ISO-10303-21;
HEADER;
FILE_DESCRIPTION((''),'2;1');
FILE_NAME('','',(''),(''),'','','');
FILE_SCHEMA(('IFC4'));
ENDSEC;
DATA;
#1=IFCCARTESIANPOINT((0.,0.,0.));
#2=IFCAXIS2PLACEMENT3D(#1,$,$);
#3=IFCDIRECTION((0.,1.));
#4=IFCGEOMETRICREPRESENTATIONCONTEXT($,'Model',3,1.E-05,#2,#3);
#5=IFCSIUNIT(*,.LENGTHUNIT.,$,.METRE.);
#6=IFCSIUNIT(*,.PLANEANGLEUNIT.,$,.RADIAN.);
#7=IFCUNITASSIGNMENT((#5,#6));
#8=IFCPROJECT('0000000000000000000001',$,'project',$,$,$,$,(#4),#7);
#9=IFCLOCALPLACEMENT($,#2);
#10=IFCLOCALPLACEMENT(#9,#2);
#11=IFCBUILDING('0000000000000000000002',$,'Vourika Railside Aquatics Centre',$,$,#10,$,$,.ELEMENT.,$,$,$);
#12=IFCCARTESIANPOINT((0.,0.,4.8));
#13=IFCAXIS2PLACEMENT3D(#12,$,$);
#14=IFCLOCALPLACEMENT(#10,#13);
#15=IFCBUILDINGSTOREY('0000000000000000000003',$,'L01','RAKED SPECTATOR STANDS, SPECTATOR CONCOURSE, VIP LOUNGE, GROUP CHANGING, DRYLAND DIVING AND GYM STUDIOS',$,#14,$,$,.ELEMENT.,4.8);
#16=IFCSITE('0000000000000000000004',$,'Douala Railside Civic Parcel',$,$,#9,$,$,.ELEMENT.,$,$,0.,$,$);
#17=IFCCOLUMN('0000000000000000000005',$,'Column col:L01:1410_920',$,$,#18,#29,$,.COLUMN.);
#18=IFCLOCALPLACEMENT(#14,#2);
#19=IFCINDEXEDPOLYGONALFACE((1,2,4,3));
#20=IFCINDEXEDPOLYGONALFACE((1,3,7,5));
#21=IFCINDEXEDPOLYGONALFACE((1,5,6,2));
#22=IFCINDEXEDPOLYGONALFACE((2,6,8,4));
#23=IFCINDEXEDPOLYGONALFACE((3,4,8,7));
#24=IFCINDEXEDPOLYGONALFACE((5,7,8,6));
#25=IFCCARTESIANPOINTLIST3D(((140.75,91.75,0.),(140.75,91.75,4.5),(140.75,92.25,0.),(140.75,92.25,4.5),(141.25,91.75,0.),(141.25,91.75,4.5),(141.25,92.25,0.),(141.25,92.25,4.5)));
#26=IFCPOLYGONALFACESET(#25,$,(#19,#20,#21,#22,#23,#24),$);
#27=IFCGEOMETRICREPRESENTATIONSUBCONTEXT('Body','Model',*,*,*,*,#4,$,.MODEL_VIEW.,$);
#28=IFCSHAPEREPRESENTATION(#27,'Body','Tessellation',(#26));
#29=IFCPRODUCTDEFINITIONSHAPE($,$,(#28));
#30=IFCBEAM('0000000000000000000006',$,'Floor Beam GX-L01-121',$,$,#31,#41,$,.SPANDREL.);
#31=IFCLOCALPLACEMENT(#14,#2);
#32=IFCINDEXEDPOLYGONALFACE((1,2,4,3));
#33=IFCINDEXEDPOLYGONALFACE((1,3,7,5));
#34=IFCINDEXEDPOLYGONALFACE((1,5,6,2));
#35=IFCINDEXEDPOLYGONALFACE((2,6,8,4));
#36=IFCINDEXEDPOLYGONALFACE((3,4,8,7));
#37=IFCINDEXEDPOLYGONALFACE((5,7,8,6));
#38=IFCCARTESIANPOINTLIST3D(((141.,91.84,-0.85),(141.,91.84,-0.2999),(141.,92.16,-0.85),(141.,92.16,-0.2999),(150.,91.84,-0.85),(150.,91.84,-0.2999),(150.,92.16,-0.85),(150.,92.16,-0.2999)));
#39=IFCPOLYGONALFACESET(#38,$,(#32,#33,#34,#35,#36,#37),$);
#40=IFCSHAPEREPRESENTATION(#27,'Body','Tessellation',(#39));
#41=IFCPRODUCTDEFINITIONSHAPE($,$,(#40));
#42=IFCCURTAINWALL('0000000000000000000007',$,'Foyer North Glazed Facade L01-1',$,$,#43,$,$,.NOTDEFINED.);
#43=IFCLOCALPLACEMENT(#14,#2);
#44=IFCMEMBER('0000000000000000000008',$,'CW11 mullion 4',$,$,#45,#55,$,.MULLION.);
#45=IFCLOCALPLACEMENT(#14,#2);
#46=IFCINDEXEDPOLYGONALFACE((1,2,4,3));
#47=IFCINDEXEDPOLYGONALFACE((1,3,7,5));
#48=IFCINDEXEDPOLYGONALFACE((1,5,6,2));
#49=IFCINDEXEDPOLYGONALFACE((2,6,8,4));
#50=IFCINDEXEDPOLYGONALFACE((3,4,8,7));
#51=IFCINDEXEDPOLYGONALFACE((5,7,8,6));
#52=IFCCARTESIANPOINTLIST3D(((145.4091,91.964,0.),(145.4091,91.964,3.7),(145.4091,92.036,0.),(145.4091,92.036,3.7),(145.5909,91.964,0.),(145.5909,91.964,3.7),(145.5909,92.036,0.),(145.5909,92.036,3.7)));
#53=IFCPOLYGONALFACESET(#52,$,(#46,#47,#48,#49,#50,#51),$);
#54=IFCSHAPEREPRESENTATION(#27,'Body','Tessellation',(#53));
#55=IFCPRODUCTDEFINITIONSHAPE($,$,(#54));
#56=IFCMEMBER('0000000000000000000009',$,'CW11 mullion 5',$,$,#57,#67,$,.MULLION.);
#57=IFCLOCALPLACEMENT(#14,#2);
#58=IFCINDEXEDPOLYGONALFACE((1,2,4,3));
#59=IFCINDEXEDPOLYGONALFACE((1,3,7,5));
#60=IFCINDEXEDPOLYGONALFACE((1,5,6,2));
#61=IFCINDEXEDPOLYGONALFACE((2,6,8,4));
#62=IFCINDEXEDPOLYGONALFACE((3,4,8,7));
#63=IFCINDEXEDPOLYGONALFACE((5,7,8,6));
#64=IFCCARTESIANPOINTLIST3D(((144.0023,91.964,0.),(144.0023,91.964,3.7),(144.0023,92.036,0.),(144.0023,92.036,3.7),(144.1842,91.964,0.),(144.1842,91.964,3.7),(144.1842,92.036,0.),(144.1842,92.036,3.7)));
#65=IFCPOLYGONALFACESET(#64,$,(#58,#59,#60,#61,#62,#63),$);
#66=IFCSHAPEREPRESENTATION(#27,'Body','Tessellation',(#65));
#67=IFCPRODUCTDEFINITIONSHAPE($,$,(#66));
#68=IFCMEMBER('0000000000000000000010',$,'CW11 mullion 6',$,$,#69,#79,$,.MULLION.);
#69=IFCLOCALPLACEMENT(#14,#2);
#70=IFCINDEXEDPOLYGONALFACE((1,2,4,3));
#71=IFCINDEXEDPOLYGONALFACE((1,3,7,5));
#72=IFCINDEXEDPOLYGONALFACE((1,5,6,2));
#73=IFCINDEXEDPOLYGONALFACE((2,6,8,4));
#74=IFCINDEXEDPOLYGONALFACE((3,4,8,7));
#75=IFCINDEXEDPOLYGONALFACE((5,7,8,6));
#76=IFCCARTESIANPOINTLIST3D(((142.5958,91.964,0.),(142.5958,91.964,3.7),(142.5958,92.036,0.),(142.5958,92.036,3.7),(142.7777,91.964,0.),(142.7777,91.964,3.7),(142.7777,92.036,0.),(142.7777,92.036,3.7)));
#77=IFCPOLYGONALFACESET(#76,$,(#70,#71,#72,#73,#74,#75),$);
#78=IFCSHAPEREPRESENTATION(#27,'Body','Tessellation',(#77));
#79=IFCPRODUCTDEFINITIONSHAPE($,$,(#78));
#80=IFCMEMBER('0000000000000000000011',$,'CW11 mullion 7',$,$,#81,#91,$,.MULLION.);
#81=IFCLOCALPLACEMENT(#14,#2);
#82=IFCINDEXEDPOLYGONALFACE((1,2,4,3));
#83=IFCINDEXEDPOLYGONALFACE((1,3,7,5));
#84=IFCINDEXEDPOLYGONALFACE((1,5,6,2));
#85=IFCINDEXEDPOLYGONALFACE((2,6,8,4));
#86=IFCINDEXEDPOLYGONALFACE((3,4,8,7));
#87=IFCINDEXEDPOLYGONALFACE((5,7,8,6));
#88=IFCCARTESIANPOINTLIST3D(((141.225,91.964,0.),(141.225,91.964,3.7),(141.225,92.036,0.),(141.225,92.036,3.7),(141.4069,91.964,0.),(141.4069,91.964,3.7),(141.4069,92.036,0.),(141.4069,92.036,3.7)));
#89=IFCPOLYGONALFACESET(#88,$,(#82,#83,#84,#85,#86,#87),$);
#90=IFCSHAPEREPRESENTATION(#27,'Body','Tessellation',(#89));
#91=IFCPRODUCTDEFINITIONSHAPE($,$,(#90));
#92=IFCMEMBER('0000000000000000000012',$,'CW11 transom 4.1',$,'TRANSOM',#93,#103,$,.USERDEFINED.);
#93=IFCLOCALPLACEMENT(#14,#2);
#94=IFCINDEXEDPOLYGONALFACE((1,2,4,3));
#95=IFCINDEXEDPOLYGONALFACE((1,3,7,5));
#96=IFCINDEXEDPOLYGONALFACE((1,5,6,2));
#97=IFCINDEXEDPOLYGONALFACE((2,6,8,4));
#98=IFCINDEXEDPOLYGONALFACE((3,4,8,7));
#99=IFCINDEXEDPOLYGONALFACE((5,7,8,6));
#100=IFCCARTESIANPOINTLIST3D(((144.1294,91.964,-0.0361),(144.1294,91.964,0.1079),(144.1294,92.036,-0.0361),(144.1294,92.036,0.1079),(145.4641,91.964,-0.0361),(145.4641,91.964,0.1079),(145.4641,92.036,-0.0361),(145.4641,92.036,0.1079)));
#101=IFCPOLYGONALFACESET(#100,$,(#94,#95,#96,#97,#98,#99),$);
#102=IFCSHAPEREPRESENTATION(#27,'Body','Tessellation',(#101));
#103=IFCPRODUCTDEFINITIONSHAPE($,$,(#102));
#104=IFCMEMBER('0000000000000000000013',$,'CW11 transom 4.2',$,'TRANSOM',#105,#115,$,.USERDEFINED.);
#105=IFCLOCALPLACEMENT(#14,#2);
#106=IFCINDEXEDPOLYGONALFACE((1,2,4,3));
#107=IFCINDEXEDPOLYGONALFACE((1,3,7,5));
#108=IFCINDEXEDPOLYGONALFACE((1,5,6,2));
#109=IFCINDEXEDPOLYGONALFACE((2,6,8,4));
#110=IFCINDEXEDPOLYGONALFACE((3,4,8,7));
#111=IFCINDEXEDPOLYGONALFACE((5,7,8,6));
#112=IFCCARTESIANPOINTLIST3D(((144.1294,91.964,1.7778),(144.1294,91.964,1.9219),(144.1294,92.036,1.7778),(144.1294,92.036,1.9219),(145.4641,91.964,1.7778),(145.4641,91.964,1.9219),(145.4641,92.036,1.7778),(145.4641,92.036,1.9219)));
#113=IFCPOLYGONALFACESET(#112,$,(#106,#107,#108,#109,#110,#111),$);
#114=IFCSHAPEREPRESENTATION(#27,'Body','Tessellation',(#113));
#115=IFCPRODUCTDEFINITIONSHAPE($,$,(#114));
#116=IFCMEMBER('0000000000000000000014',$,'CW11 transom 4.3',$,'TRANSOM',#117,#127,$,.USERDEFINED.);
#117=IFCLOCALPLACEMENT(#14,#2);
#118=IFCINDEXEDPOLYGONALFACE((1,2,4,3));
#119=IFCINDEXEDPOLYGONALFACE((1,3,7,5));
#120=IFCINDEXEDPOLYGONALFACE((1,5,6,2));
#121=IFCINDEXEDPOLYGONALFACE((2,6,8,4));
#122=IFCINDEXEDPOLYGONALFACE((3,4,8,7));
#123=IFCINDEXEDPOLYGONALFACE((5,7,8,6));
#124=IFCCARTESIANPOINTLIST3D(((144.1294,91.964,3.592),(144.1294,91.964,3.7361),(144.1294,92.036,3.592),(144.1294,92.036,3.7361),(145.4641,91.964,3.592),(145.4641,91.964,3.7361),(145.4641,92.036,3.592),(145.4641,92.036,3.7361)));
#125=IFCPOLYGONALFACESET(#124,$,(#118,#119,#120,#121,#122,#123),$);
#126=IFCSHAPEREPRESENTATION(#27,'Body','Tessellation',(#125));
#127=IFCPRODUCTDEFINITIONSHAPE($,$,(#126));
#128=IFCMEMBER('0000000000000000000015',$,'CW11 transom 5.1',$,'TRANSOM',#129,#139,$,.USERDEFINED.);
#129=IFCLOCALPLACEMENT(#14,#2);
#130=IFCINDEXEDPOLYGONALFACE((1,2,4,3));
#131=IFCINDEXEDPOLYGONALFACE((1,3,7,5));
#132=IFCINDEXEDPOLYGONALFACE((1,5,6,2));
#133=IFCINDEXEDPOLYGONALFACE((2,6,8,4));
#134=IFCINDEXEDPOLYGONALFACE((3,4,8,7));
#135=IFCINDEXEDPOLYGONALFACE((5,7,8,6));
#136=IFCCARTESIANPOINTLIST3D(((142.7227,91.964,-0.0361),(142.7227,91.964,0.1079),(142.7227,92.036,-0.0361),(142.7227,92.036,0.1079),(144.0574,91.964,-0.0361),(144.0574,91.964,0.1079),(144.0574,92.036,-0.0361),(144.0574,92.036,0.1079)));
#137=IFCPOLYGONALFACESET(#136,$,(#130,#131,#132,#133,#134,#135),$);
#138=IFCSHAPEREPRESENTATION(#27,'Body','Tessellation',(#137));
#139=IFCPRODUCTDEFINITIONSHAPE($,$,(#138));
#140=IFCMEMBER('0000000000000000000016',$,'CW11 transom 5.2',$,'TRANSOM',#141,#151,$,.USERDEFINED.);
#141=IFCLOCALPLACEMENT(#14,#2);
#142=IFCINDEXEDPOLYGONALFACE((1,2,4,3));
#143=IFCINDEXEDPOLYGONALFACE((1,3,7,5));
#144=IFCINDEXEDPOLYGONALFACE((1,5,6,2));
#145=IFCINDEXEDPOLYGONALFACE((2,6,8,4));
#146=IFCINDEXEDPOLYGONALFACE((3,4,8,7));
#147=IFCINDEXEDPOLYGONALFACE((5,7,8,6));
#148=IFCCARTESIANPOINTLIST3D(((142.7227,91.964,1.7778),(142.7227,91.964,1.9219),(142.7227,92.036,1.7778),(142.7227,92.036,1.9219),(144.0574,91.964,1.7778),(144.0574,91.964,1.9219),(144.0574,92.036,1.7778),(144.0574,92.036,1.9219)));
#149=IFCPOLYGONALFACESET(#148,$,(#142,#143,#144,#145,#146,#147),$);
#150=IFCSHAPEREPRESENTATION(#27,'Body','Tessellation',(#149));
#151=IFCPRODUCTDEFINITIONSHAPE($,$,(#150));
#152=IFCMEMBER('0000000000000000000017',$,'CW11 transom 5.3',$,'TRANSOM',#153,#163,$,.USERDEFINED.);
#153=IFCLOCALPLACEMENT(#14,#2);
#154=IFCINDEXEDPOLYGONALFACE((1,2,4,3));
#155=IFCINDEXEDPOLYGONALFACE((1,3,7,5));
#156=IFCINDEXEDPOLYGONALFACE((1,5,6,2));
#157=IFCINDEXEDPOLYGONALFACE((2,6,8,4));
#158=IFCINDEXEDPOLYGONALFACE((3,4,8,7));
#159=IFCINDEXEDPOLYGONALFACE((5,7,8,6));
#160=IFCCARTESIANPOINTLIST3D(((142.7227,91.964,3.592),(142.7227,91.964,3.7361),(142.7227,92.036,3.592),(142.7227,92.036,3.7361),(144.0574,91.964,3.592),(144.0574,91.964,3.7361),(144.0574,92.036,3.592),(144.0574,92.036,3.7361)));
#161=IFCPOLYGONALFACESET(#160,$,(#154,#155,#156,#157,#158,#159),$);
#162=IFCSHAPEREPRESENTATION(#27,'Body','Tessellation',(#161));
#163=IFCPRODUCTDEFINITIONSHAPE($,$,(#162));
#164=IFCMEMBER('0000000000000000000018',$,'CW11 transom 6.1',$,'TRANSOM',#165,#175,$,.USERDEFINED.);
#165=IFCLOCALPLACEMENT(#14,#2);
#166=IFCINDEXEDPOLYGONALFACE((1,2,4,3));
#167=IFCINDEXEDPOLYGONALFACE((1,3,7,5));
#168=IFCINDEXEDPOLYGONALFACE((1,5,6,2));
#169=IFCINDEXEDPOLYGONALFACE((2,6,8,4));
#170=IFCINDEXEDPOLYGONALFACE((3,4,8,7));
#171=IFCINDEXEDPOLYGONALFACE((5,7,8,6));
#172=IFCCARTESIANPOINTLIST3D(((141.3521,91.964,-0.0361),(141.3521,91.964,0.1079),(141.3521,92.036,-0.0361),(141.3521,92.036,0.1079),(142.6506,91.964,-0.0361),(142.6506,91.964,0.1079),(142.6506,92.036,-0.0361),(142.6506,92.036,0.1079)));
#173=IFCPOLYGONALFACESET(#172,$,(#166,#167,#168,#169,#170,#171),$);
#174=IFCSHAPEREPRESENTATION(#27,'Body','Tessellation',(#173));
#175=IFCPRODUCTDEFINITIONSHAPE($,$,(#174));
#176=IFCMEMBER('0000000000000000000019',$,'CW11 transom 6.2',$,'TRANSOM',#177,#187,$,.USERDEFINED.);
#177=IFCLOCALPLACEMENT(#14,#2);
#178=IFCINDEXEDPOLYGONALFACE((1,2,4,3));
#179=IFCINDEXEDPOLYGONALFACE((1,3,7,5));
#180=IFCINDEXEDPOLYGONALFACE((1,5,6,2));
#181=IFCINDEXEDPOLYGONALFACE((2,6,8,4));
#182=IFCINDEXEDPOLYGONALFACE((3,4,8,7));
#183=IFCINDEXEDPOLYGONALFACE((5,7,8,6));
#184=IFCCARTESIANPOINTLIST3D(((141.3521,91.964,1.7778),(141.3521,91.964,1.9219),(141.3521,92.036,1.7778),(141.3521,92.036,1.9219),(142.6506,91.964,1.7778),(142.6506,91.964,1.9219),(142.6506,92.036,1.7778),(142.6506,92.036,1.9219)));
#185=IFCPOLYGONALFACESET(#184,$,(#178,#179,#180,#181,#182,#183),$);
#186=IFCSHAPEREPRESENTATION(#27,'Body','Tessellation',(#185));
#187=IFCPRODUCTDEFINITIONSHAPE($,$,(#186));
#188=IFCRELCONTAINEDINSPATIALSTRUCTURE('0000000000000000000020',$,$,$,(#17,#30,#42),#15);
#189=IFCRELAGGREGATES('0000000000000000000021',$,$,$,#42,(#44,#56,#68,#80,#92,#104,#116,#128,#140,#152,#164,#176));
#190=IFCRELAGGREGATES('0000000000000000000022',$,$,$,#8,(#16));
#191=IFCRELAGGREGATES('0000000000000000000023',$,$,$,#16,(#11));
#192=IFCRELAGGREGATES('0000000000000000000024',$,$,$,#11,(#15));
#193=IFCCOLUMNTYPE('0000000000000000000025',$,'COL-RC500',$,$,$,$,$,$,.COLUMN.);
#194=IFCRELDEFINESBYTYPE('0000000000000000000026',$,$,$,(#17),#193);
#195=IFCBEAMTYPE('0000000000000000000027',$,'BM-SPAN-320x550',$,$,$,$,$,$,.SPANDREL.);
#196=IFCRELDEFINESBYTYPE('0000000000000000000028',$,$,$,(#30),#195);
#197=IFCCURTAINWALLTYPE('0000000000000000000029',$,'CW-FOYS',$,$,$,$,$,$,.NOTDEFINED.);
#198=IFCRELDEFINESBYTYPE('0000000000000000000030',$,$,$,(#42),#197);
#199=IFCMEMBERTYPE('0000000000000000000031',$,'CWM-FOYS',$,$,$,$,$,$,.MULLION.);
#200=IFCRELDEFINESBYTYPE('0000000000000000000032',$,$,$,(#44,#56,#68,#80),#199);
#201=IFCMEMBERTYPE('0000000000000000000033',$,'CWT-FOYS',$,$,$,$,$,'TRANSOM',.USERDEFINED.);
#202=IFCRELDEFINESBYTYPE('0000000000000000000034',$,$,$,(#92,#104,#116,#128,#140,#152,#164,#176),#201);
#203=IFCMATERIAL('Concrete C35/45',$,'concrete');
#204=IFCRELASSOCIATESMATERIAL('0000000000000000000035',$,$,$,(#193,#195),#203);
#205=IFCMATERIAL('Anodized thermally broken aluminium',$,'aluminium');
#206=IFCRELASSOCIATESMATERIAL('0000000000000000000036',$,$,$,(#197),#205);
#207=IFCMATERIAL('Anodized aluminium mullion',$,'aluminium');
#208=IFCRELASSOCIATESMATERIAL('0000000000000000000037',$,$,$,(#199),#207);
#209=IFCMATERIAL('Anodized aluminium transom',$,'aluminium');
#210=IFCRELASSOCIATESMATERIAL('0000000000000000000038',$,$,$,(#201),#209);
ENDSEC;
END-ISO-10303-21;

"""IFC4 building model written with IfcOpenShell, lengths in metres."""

from ifc_helpers import new_model, si_unit, direction, frame, origin, origin_2d, place, context, subcontext, project, spatial, rectangle, extrude, material, material_profile, profile_set, type_object, element, aggregate, save


model = new_model("IFC4")

# Units and contexts
model_context = context("Model", 3, precision=1e-05, world=origin(), true_north=direction((0.0, 1.0)))
body_context = subcontext(model_context, "Body", "Model", "MODEL_VIEW")
ifc_project = project(units=[si_unit("LENGTHUNIT", "METRE"), si_unit("PLANEANGLEUNIT", "RADIAN")], contexts=[model_context])

# Site, building, storey
site_placement = place(None, origin())
site = spatial("IfcSite", under=ifc_project, at=site_placement, Name="Douala Railside Civic Parcel", CompositionType="ELEMENT", RefElevation=0.0)
building_placement = place(site_placement, origin())
building = spatial("IfcBuilding", under=site, at=building_placement, Name="Vourika Railside Aquatics Centre", CompositionType="ELEMENT")
storey_placement = place(building_placement, frame((0.0, 0.0, 4.8)))
storey = spatial("IfcBuildingStorey", under=building, at=storey_placement, Name="L01", Description="RAKED SPECTATOR STANDS, SPECTATOR CONCOURSE, VIP LOUNGE, GROUP CHANGING, DRYLAND DIVING AND GYM STUDIOS", CompositionType="ELEMENT", Elevation=4.8)

# Column
ifc_material_1 = material(Name="Concrete C35/45", Category="concrete")
ifc_material_profile_1 = material_profile(ifc_material_1, rectangle(XDim=0.5, YDim=0.5, at=origin_2d()), Name="RC 500x500")
ifc_profile_set_1 = profile_set([ifc_material_profile_1], Name="Concrete C35/45")
column_type = type_object("IfcColumnType", Name="COL-RC500", PredefinedType="COLUMN", material=ifc_profile_set_1)
column_placement = place(storey_placement, frame((141.0, 92.0, 0.0), z_axis=(0.0, 0.0, 1.0), x_axis=(1.0, 0.0, 0.0)))
element("IfcColumn", 1, at=column_placement, inside=storey, type_object=column_type, Name="Column col:L01:1410_920", PredefinedType="COLUMN", context=body_context, shape_type="SweptSolid", body=[
    extrude(rectangle(XDim=0.5, YDim=0.5, at=origin_2d()), origin(), (0.0, 0.0, 1.0), 4.5),
])

# Beam
ifc_material_profile_2 = material_profile(ifc_material_1, rectangle(XDim=0.3201, YDim=0.55, at=origin_2d()), Name="RC 320x550")
ifc_profile_set_2 = profile_set([ifc_material_profile_2], Name="Concrete C35/45")
beam_type = type_object("IfcBeamType", Name="BM-SPAN-320x550", PredefinedType="SPANDREL", material=ifc_profile_set_2)
beam_placement = place(storey_placement, frame((141.0, 92.0, -0.575), z_axis=(1.0, 0.0, 0.0), x_axis=(0.0, 1.0, 0.0)))
element("IfcBeam", 2, at=beam_placement, inside=storey, type_object=beam_type, Name="Floor Beam GX-L01-121", PredefinedType="SPANDREL", context=body_context, shape_type="SweptSolid", body=[
    extrude(rectangle(XDim=0.3201, YDim=0.55, at=origin_2d()), origin(), (0.0, 0.0, 1.0), 9.0),
])

# Curtain wall, members
ifc_material_2 = material(Name="Anodized thermally broken aluminium", Category="aluminium")
curtain_wall_type = type_object("IfcCurtainWallType", Name="CW-FOYS", PredefinedType="NOTDEFINED", material=ifc_material_2)
curtain_wall_placement = place(storey_placement, origin())
curtain_wall = element("IfcCurtainWall", 3, at=curtain_wall_placement, inside=storey, type_object=curtain_wall_type, Name="Foyer North Glazed Facade L01-1", PredefinedType="NOTDEFINED")
ifc_material_3 = material(Name="Anodized aluminium mullion", Category="aluminium")
ifc_material_profile_3 = material_profile(ifc_material_3, rectangle(XDim=0.072, YDim=0.1819, at=origin_2d()), Name="ALU-M 72x182")
ifc_profile_set_3 = profile_set([ifc_material_profile_3], Name="Anodized aluminium mullion")
member_type_1 = type_object("IfcMemberType", Name="CWM-FOYS", PredefinedType="MULLION", material=ifc_profile_set_3)
member_1_placement = place(storey_placement, frame((145.5, 92.0, 0.0), z_axis=(0.0, 0.0, 1.0), x_axis=(0.0, -1.0, 0.0)))
member_1 = element("IfcMember", 4, at=member_1_placement, type_object=member_type_1, Name="CW11 mullion 4", PredefinedType="MULLION", context=body_context, shape_type="SweptSolid", body=[
    extrude(rectangle(XDim=0.072, YDim=0.1819, at=origin_2d()), origin(), (0.0, 0.0, 1.0), 3.7),
])
member_2_placement = place(storey_placement, frame((144.0933, 92.0, 0.0), z_axis=(0.0, 0.0, 1.0), x_axis=(0.0, -1.0, 0.0)))
member_2 = element("IfcMember", 5, at=member_2_placement, type_object=member_type_1, Name="CW11 mullion 5", PredefinedType="MULLION", context=body_context, shape_type="SweptSolid", body=[
    extrude(rectangle(XDim=0.072, YDim=0.1819, at=origin_2d()), origin(), (0.0, 0.0, 1.0), 3.7),
])
member_3_placement = place(storey_placement, frame((142.6868, 92.0, 0.0), z_axis=(0.0, 0.0, 1.0), x_axis=(0.0, -1.0, 0.0)))
member_3 = element("IfcMember", 6, at=member_3_placement, type_object=member_type_1, Name="CW11 mullion 6", PredefinedType="MULLION", context=body_context, shape_type="SweptSolid", body=[
    extrude(rectangle(XDim=0.072, YDim=0.1819, at=origin_2d()), origin(), (0.0, 0.0, 1.0), 3.7),
])
member_4_placement = place(storey_placement, frame((141.3159, 92.0, 0.0), z_axis=(0.0, 0.0, 1.0), x_axis=(0.0, -1.0, 0.0)))
member_4 = element("IfcMember", 7, at=member_4_placement, type_object=member_type_1, Name="CW11 mullion 7", PredefinedType="MULLION", context=body_context, shape_type="SweptSolid", body=[
    extrude(rectangle(XDim=0.072, YDim=0.1819, at=origin_2d()), origin(), (0.0, 0.0, 1.0), 3.7),
])
ifc_material_4 = material(Name="Anodized aluminium transom", Category="aluminium")
ifc_material_profile_4 = material_profile(ifc_material_4, rectangle(XDim=0.072, YDim=0.144, at=origin_2d()), Name="ALU-T 72x144")
ifc_profile_set_4 = profile_set([ifc_material_profile_4], Name="Anodized aluminium transom")
member_type_2 = type_object("IfcMemberType", Name="CWT-FOYS", ElementType="TRANSOM", PredefinedType="USERDEFINED", material=ifc_profile_set_4)
member_5_placement = place(storey_placement, frame((145.4641, 92.0, 0.0359), z_axis=(-1.0, 0.0, 0.0), x_axis=(0.0, -1.0, 0.0)))
member_5 = element("IfcMember", 8, at=member_5_placement, type_object=member_type_2, Name="CW11 transom 4.1", ObjectType="TRANSOM", PredefinedType="USERDEFINED", context=body_context, shape_type="SweptSolid", body=[
    extrude(rectangle(XDim=0.072, YDim=0.144, at=origin_2d()), origin(), (0.0, 0.0, 1.0), 1.3347),
])
member_6_placement = place(storey_placement, frame((145.4641, 92.0, 1.8499), z_axis=(-1.0, 0.0, 0.0), x_axis=(0.0, -1.0, 0.0)))
member_6 = element("IfcMember", 9, at=member_6_placement, type_object=member_type_2, Name="CW11 transom 4.2", ObjectType="TRANSOM", PredefinedType="USERDEFINED", context=body_context, shape_type="SweptSolid", body=[
    extrude(rectangle(XDim=0.072, YDim=0.144, at=origin_2d()), origin(), (0.0, 0.0, 1.0), 1.3347),
])
member_7_placement = place(storey_placement, frame((145.4641, 92.0, 3.6641), z_axis=(-1.0, 0.0, 0.0), x_axis=(0.0, -1.0, 0.0)))
member_7 = element("IfcMember", 10, at=member_7_placement, type_object=member_type_2, Name="CW11 transom 4.3", ObjectType="TRANSOM", PredefinedType="USERDEFINED", context=body_context, shape_type="SweptSolid", body=[
    extrude(rectangle(XDim=0.072, YDim=0.144, at=origin_2d()), origin(), (0.0, 0.0, 1.0), 1.3347),
])
member_8_placement = place(storey_placement, frame((144.0574, 92.0, 0.0359), z_axis=(-1.0, 0.0, 0.0), x_axis=(0.0, -1.0, 0.0)))
member_8 = element("IfcMember", 11, at=member_8_placement, type_object=member_type_2, Name="CW11 transom 5.1", ObjectType="TRANSOM", PredefinedType="USERDEFINED", context=body_context, shape_type="SweptSolid", body=[
    extrude(rectangle(XDim=0.072, YDim=0.144, at=origin_2d()), origin(), (0.0, 0.0, 1.0), 1.3347),
])
member_9_placement = place(storey_placement, frame((144.0574, 92.0, 1.8499), z_axis=(-1.0, 0.0, 0.0), x_axis=(0.0, -1.0, 0.0)))
member_9 = element("IfcMember", 12, at=member_9_placement, type_object=member_type_2, Name="CW11 transom 5.2", ObjectType="TRANSOM", PredefinedType="USERDEFINED", context=body_context, shape_type="SweptSolid", body=[
    extrude(rectangle(XDim=0.072, YDim=0.144, at=origin_2d()), origin(), (0.0, 0.0, 1.0), 1.3347),
])
member_10_placement = place(storey_placement, frame((144.0574, 92.0, 3.6641), z_axis=(-1.0, 0.0, 0.0), x_axis=(0.0, -1.0, 0.0)))
member_10 = element("IfcMember", 13, at=member_10_placement, type_object=member_type_2, Name="CW11 transom 5.3", ObjectType="TRANSOM", PredefinedType="USERDEFINED", context=body_context, shape_type="SweptSolid", body=[
    extrude(rectangle(XDim=0.072, YDim=0.144, at=origin_2d()), origin(), (0.0, 0.0, 1.0), 1.3347),
])
member_11_placement = place(storey_placement, frame((142.6506, 92.0, 0.0359), z_axis=(-1.0, 0.0, 0.0), x_axis=(0.0, -1.0, 0.0)))
member_11 = element("IfcMember", 14, at=member_11_placement, type_object=member_type_2, Name="CW11 transom 6.1", ObjectType="TRANSOM", PredefinedType="USERDEFINED", context=body_context, shape_type="SweptSolid", body=[
    extrude(rectangle(XDim=0.072, YDim=0.144, at=origin_2d()), origin(), (0.0, 0.0, 1.0), 1.2986),
])
member_12_placement = place(storey_placement, frame((142.6506, 92.0, 1.8499), z_axis=(-1.0, 0.0, 0.0), x_axis=(0.0, -1.0, 0.0)))
member_12 = element("IfcMember", 15, at=member_12_placement, type_object=member_type_2, Name="CW11 transom 6.2", ObjectType="TRANSOM", PredefinedType="USERDEFINED", context=body_context, shape_type="SweptSolid", body=[
    extrude(rectangle(XDim=0.072, YDim=0.144, at=origin_2d()), origin(), (0.0, 0.0, 1.0), 1.2986),
])
aggregate(curtain_wall, [member_1, member_2, member_3, member_4, member_5, member_6, member_7, member_8, member_9, member_10, member_11, member_12])

save(model, "model.ifc")
